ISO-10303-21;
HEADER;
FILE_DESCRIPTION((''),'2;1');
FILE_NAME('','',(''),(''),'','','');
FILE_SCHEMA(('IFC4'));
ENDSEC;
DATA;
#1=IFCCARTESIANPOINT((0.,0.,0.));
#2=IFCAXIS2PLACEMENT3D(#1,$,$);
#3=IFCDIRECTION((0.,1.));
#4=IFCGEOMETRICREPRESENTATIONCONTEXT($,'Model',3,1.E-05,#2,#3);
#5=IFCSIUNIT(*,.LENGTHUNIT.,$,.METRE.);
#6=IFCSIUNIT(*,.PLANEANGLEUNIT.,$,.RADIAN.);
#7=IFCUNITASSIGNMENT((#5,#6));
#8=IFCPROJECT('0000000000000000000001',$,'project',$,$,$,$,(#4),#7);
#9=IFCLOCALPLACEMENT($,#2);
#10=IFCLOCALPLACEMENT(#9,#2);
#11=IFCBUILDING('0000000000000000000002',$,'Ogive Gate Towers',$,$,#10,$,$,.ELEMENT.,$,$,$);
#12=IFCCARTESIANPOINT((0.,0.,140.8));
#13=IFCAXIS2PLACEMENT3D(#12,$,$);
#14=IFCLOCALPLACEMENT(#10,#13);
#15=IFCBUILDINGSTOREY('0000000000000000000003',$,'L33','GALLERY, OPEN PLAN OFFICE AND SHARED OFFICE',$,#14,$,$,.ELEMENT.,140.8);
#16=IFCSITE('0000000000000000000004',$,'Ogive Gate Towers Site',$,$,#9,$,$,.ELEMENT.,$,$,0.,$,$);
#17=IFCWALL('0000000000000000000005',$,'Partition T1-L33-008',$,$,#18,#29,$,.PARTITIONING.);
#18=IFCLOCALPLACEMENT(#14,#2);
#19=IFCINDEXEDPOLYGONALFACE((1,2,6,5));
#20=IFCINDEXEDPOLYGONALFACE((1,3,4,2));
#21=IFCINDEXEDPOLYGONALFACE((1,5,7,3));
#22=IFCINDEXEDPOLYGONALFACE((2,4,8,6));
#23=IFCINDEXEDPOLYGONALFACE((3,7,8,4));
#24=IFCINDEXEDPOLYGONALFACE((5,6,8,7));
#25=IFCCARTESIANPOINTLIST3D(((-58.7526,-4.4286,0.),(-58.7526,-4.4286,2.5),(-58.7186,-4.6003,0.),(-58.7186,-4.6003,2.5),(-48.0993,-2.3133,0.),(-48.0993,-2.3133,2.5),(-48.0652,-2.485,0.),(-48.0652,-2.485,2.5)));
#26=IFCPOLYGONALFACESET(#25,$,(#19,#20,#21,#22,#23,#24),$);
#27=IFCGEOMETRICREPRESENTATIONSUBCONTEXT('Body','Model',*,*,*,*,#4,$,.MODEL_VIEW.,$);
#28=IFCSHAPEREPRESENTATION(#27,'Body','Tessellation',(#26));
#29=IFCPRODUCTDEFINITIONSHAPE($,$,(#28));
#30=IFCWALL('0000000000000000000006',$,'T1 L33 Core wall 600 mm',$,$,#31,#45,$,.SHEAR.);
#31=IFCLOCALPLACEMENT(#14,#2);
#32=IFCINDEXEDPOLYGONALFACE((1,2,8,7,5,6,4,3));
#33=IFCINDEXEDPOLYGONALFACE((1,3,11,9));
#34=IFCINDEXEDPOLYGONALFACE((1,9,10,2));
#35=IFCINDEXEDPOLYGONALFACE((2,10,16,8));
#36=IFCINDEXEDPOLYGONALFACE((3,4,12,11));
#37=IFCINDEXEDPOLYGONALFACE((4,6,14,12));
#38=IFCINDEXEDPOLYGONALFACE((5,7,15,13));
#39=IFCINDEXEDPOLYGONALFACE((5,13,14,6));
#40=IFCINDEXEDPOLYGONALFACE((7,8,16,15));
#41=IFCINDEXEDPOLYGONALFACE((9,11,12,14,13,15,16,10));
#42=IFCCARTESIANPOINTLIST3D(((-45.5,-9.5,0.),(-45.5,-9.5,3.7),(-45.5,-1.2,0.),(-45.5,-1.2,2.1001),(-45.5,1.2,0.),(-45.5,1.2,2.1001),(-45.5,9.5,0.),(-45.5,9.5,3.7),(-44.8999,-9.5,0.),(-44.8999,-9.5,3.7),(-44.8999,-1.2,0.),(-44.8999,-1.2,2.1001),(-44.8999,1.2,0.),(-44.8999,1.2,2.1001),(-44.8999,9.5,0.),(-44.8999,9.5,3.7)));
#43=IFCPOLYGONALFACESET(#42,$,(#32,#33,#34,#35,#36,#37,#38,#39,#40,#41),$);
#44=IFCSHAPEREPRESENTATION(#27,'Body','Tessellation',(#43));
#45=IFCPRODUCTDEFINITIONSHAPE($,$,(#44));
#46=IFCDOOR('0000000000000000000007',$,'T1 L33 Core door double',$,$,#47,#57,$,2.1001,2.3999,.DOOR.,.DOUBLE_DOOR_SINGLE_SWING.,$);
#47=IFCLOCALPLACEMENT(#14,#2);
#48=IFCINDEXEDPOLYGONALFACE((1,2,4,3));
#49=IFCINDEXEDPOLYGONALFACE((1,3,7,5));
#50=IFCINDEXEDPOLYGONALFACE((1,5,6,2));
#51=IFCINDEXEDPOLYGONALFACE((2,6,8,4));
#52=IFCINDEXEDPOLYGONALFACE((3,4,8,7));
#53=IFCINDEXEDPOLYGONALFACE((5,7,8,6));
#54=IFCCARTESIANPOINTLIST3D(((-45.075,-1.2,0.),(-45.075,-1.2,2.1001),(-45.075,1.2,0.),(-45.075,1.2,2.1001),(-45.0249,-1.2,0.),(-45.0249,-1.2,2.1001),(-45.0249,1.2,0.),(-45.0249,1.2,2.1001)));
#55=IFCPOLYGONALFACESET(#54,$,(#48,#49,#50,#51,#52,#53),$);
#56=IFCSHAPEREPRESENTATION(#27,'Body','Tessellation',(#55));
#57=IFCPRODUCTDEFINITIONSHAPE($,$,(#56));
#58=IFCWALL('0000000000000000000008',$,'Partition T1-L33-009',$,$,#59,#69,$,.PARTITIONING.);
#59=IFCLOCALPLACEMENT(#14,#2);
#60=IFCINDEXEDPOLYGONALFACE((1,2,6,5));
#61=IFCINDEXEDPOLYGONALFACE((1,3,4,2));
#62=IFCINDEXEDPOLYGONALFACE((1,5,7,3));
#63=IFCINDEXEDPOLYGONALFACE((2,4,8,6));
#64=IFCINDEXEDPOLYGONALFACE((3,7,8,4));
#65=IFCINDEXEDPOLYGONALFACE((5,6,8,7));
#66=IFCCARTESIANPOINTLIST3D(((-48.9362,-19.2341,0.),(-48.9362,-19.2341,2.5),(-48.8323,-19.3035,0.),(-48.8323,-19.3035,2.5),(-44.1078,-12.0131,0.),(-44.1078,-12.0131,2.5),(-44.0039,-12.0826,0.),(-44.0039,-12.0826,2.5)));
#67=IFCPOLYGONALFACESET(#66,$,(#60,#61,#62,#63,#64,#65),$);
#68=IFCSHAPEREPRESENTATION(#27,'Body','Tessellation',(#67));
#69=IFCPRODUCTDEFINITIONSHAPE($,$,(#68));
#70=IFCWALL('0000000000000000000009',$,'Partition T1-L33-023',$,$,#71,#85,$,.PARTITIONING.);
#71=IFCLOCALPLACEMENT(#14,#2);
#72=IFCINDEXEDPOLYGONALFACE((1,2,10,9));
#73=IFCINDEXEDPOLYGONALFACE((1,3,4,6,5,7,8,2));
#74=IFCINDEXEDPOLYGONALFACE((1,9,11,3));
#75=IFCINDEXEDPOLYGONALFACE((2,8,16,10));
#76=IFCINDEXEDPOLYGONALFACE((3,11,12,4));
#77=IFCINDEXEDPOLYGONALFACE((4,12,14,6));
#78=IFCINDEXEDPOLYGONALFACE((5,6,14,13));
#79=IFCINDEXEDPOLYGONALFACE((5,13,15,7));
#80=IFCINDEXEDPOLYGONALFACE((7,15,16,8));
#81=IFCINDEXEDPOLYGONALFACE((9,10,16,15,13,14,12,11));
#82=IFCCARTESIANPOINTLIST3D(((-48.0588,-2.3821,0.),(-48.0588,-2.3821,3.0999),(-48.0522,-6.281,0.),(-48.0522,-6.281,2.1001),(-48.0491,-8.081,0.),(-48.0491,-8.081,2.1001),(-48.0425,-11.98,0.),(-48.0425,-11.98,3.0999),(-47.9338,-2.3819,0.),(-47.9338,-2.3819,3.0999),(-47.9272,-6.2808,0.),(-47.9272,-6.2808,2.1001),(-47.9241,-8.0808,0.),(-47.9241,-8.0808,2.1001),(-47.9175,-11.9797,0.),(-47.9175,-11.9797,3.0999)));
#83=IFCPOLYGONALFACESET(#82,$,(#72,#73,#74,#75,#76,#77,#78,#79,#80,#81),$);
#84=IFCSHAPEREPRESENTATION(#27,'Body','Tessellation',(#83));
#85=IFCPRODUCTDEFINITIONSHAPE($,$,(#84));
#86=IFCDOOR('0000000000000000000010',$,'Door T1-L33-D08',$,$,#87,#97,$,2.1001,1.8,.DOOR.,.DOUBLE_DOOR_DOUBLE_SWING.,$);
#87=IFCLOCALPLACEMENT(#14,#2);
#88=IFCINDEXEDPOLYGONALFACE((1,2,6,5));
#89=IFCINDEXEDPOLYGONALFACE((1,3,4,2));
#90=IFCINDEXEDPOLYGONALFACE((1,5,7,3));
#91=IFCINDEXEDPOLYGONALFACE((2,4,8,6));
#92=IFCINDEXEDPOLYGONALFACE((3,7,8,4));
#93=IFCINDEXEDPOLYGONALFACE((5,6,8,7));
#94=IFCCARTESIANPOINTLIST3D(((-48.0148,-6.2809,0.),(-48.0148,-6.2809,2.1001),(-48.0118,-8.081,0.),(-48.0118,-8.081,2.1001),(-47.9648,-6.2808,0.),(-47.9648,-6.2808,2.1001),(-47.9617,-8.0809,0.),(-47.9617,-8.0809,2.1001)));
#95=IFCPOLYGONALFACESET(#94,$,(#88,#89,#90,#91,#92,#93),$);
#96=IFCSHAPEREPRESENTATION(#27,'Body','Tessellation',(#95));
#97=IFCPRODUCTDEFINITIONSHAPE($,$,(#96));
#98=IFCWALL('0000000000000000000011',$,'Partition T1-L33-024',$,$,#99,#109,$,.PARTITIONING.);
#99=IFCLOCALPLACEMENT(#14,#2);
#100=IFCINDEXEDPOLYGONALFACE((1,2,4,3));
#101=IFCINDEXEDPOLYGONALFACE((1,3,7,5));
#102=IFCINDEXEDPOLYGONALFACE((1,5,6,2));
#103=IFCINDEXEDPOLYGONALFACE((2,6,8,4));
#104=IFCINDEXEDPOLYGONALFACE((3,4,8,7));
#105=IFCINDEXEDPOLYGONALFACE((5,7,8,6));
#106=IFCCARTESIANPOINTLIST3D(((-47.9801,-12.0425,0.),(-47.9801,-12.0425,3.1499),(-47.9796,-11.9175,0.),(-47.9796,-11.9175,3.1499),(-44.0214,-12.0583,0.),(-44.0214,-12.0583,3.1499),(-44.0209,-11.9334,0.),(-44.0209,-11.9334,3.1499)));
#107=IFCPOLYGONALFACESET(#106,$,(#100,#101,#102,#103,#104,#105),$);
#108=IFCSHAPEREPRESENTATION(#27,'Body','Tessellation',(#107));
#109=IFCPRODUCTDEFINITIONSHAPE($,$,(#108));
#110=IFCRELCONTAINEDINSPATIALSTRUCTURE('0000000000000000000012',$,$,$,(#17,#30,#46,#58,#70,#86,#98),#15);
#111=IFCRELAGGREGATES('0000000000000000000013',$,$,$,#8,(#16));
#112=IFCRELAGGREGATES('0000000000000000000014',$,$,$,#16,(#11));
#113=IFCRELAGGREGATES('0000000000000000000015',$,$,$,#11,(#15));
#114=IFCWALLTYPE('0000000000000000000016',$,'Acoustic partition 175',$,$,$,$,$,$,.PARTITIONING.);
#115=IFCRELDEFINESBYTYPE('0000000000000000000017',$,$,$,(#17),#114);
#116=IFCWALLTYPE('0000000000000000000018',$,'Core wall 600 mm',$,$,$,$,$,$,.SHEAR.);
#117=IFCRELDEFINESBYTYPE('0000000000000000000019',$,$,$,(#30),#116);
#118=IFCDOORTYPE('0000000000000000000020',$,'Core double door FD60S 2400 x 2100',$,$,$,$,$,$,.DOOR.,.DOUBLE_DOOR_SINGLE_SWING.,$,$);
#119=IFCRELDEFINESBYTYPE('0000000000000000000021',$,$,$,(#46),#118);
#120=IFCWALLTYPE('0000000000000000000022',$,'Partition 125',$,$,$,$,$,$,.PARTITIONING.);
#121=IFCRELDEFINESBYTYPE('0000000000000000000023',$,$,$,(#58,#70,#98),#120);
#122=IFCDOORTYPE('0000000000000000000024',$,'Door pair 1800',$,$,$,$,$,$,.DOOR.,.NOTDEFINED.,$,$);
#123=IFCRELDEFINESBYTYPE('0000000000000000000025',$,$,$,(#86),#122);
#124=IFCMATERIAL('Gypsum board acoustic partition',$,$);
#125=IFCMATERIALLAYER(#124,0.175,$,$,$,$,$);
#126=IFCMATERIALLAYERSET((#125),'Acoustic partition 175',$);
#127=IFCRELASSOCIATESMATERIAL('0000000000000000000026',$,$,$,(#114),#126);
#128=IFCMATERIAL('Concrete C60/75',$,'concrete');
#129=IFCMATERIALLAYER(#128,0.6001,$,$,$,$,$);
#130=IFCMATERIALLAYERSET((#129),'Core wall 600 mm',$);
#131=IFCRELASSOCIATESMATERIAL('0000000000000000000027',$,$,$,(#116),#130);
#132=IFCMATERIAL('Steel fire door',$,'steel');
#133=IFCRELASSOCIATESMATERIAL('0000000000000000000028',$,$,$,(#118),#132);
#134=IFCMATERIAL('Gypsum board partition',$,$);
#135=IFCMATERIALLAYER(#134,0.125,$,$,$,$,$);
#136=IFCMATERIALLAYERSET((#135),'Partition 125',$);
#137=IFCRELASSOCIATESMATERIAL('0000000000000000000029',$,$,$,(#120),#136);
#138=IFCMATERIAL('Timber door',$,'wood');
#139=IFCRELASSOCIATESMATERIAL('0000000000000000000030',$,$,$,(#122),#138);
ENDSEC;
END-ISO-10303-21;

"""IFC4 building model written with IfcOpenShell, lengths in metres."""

from ifc_helpers import new_model, si_unit, direction, frame, frame_2d, origin, place, context, subcontext, project, spatial, rectangle, extrude, material, layer, layer_set, type_object, element, fill, save


model = new_model("IFC4")

# Units and contexts
model_context = context("Model", 3, precision=1e-05, world=origin(), true_north=direction((0.0, 1.0)))
body_context = subcontext(model_context, "Body", "Model", "MODEL_VIEW")
ifc_project = project(units=[si_unit("LENGTHUNIT", "METRE"), si_unit("PLANEANGLEUNIT", "RADIAN")], contexts=[model_context])

# Site, building, storey
site_placement = place(None, origin())
site = spatial("IfcSite", under=ifc_project, at=site_placement, Name="Ogive Gate Towers Site", CompositionType="ELEMENT", RefElevation=0.0)
building_placement = place(site_placement, origin())
building = spatial("IfcBuilding", under=site, at=building_placement, Name="Ogive Gate Towers", CompositionType="ELEMENT")
storey_placement = place(building_placement, frame((0.0, 0.0, 140.8)))
storey = spatial("IfcBuildingStorey", under=building, at=storey_placement, Name="L33", Description="GALLERY, OPEN PLAN OFFICE AND SHARED OFFICE", CompositionType="ELEMENT", Elevation=140.8)

# Wall
ifc_material_1 = material(Name="Gypsum board acoustic partition")
ifc_layer_1 = layer(ifc_material_1, 0.175)
ifc_layer_set_1 = layer_set([ifc_layer_1], Name="Acoustic partition 175")
wall_type_1 = type_object("IfcWallType", Name="Acoustic partition 175", PredefinedType="PARTITIONING", material=ifc_layer_set_1)
wall_1_placement = place(storey_placement, frame((-58.7356, -4.5144, 0.0), z_axis=(0.0, 0.0, 1.0), x_axis=(0.980853, 0.19475, 0.0)))
element("IfcWall", 1, at=wall_1_placement, inside=storey, type_object=wall_type_1, Name="Partition T1-L33-008", PredefinedType="PARTITIONING", context=body_context, shape_type="SweptSolid", body=[
    extrude(rectangle(XDim=10.8613, YDim=0.175, at=frame_2d((5.4307, 0.0))), origin(), (0.0, 0.0, 1.0), 2.5),
])

# Wall, opening, door
ifc_material_2 = material(Name="Concrete C60/75", Category="concrete")
ifc_layer_2 = layer(ifc_material_2, 0.6001)
ifc_layer_set_2 = layer_set([ifc_layer_2], Name="Core wall 600 mm")
wall_type_2 = type_object("IfcWallType", Name="Core wall 600 mm", PredefinedType="SHEAR", material=ifc_layer_set_2)
wall_2_placement = place(storey_placement, frame((-45.2, -9.5, 0.0), z_axis=(0.0, 0.0, 1.0), x_axis=(0.0, 1.0, 0.0)))
wall_2 = element("IfcWall", 2, at=wall_2_placement, inside=storey, type_object=wall_type_2, Name="T1 L33 Core wall 600 mm", PredefinedType="SHEAR", context=body_context, shape_type="SweptSolid", body=[
    extrude(rectangle(XDim=19.0, YDim=0.6001, at=frame_2d((9.5, 0.0))), origin(), (0.0, 0.0, 1.0), 3.7),
])
opening_1_placement = place(wall_2_placement, frame((8.3, 0.0, 0.0)))
opening_1 = element("IfcOpeningElement", 3, at=opening_1_placement, cuts=wall_2, PredefinedType="OPENING", context=body_context, shape_type="SweptSolid", body=[
    extrude(rectangle(XDim=2.3999, YDim=2.1001, at=frame_2d((1.2, 1.05))), frame((0.0, 0.3101, 0.0), z_axis=(0.0, -1.0, 0.0), x_axis=(1.0, 0.0, 0.0)), (0.0, 0.0, 1.0), 0.6201),
])
ifc_material_3 = material(Name="Steel fire door", Category="steel")
door_type_1 = type_object("IfcDoorType", Name="Core double door FD60S 2400 x 2100", OperationType="DOUBLE_DOOR_SINGLE_SWING", PredefinedType="DOOR", material=ifc_material_3)
door_1_placement = place(opening_1_placement, origin())
door_1 = element("IfcDoor", 4, at=door_1_placement, inside=storey, type_object=door_type_1, Name="T1 L33 Core door double", OperationType="DOUBLE_DOOR_SINGLE_SWING", OverallHeight=2.1001, OverallWidth=2.3999, PredefinedType="DOOR", context=body_context, shape_type="SweptSolid", body=[
    extrude(rectangle(XDim=2.3999, YDim=2.1001, at=frame_2d((1.2, 1.05))), frame((0.0, -0.125, 0.0), z_axis=(0.0, -1.0, 0.0), x_axis=(1.0, 0.0, 0.0)), (0.0, 0.0, 1.0), 0.05),
])
fill(opening_1, door_1)

# Wall
ifc_material_4 = material(Name="Gypsum board partition")
ifc_layer_3 = layer(ifc_material_4, 0.125)
ifc_layer_set_3 = layer_set([ifc_layer_3], Name="Partition 125")
wall_type_3 = type_object("IfcWallType", Name="Partition 125", PredefinedType="PARTITIONING", material=ifc_layer_set_3)
wall_3_placement = place(storey_placement, frame((-48.8843, -19.2688, 0.0), z_axis=(0.0, 0.0, 1.0), x_axis=(0.555848, 0.831284, 0.0)))
element("IfcWall", 5, at=wall_3_placement, inside=storey, type_object=wall_type_3, Name="Partition T1-L33-009", PredefinedType="PARTITIONING", context=body_context, shape_type="SweptSolid", body=[
    extrude(rectangle(XDim=8.6865, YDim=0.125, at=frame_2d((4.3433, 0.0))), origin(), (0.0, 0.0, 1.0), 2.5),
])

# Wall, opening, door
wall_4_placement = place(storey_placement, frame((-47.9963, -2.3821, 0.0), z_axis=(0.0, 0.0, 1.0), x_axis=(0.001704, -0.999999, 0.0)))
wall_4 = element("IfcWall", 6, at=wall_4_placement, inside=storey, type_object=wall_type_3, Name="Partition T1-L33-023", PredefinedType="PARTITIONING", context=body_context, shape_type="SweptSolid", body=[
    extrude(rectangle(XDim=9.5979, YDim=0.125, at=frame_2d((4.7988, 0.0))), origin(), (0.0, 0.0, 1.0), 3.0999),
])
opening_2_placement = place(wall_4_placement, frame((3.8989, 0.0, 0.0)))
opening_2 = element("IfcOpeningElement", 7, at=opening_2_placement, cuts=wall_4, PredefinedType="OPENING", context=body_context, shape_type="SweptSolid", body=[
    extrude(rectangle(XDim=1.8, YDim=2.1001, at=frame_2d((0.8999, 1.05))), frame((0.0, 0.0725, 0.0), z_axis=(0.0, -1.0, 0.0), x_axis=(1.0, 0.0, 0.0)), (0.0, 0.0, 1.0), 0.145),
])
ifc_material_5 = material(Name="Timber door", Category="wood")
door_type_2 = type_object("IfcDoorType", Name="Door pair 1800", OperationType="NOTDEFINED", PredefinedType="DOOR", material=ifc_material_5)
door_2_placement = place(opening_2_placement, origin())
door_2 = element("IfcDoor", 8, at=door_2_placement, inside=storey, type_object=door_type_2, Name="Door T1-L33-D08", OperationType="DOUBLE_DOOR_DOUBLE_SWING", OverallHeight=2.1001, OverallWidth=1.8, PredefinedType="DOOR", context=body_context, shape_type="SweptSolid", body=[
    extrude(rectangle(XDim=1.8, YDim=2.1001, at=frame_2d((0.8999, 1.05))), frame((0.0, 0.0249, 0.0), z_axis=(0.0, -1.0, 0.0), x_axis=(1.0, 0.0, 0.0)), (0.0, 0.0, 1.0), 0.05),
])
fill(opening_2, door_2)

# Wall
wall_5_placement = place(storey_placement, frame((-47.98, -11.98, 0.0), z_axis=(0.0, 0.0, 1.0), x_axis=(0.999992, -0.004009, 0.0)))
element("IfcWall", 9, at=wall_5_placement, inside=storey, type_object=wall_type_3, Name="Partition T1-L33-024", PredefinedType="PARTITIONING", context=body_context, shape_type="SweptSolid", body=[
    extrude(rectangle(XDim=3.9587, YDim=0.125, at=frame_2d((1.9795, 0.0))), origin(), (0.0, 0.0, 1.0), 3.1499),
])

save(model, "model.ifc")
